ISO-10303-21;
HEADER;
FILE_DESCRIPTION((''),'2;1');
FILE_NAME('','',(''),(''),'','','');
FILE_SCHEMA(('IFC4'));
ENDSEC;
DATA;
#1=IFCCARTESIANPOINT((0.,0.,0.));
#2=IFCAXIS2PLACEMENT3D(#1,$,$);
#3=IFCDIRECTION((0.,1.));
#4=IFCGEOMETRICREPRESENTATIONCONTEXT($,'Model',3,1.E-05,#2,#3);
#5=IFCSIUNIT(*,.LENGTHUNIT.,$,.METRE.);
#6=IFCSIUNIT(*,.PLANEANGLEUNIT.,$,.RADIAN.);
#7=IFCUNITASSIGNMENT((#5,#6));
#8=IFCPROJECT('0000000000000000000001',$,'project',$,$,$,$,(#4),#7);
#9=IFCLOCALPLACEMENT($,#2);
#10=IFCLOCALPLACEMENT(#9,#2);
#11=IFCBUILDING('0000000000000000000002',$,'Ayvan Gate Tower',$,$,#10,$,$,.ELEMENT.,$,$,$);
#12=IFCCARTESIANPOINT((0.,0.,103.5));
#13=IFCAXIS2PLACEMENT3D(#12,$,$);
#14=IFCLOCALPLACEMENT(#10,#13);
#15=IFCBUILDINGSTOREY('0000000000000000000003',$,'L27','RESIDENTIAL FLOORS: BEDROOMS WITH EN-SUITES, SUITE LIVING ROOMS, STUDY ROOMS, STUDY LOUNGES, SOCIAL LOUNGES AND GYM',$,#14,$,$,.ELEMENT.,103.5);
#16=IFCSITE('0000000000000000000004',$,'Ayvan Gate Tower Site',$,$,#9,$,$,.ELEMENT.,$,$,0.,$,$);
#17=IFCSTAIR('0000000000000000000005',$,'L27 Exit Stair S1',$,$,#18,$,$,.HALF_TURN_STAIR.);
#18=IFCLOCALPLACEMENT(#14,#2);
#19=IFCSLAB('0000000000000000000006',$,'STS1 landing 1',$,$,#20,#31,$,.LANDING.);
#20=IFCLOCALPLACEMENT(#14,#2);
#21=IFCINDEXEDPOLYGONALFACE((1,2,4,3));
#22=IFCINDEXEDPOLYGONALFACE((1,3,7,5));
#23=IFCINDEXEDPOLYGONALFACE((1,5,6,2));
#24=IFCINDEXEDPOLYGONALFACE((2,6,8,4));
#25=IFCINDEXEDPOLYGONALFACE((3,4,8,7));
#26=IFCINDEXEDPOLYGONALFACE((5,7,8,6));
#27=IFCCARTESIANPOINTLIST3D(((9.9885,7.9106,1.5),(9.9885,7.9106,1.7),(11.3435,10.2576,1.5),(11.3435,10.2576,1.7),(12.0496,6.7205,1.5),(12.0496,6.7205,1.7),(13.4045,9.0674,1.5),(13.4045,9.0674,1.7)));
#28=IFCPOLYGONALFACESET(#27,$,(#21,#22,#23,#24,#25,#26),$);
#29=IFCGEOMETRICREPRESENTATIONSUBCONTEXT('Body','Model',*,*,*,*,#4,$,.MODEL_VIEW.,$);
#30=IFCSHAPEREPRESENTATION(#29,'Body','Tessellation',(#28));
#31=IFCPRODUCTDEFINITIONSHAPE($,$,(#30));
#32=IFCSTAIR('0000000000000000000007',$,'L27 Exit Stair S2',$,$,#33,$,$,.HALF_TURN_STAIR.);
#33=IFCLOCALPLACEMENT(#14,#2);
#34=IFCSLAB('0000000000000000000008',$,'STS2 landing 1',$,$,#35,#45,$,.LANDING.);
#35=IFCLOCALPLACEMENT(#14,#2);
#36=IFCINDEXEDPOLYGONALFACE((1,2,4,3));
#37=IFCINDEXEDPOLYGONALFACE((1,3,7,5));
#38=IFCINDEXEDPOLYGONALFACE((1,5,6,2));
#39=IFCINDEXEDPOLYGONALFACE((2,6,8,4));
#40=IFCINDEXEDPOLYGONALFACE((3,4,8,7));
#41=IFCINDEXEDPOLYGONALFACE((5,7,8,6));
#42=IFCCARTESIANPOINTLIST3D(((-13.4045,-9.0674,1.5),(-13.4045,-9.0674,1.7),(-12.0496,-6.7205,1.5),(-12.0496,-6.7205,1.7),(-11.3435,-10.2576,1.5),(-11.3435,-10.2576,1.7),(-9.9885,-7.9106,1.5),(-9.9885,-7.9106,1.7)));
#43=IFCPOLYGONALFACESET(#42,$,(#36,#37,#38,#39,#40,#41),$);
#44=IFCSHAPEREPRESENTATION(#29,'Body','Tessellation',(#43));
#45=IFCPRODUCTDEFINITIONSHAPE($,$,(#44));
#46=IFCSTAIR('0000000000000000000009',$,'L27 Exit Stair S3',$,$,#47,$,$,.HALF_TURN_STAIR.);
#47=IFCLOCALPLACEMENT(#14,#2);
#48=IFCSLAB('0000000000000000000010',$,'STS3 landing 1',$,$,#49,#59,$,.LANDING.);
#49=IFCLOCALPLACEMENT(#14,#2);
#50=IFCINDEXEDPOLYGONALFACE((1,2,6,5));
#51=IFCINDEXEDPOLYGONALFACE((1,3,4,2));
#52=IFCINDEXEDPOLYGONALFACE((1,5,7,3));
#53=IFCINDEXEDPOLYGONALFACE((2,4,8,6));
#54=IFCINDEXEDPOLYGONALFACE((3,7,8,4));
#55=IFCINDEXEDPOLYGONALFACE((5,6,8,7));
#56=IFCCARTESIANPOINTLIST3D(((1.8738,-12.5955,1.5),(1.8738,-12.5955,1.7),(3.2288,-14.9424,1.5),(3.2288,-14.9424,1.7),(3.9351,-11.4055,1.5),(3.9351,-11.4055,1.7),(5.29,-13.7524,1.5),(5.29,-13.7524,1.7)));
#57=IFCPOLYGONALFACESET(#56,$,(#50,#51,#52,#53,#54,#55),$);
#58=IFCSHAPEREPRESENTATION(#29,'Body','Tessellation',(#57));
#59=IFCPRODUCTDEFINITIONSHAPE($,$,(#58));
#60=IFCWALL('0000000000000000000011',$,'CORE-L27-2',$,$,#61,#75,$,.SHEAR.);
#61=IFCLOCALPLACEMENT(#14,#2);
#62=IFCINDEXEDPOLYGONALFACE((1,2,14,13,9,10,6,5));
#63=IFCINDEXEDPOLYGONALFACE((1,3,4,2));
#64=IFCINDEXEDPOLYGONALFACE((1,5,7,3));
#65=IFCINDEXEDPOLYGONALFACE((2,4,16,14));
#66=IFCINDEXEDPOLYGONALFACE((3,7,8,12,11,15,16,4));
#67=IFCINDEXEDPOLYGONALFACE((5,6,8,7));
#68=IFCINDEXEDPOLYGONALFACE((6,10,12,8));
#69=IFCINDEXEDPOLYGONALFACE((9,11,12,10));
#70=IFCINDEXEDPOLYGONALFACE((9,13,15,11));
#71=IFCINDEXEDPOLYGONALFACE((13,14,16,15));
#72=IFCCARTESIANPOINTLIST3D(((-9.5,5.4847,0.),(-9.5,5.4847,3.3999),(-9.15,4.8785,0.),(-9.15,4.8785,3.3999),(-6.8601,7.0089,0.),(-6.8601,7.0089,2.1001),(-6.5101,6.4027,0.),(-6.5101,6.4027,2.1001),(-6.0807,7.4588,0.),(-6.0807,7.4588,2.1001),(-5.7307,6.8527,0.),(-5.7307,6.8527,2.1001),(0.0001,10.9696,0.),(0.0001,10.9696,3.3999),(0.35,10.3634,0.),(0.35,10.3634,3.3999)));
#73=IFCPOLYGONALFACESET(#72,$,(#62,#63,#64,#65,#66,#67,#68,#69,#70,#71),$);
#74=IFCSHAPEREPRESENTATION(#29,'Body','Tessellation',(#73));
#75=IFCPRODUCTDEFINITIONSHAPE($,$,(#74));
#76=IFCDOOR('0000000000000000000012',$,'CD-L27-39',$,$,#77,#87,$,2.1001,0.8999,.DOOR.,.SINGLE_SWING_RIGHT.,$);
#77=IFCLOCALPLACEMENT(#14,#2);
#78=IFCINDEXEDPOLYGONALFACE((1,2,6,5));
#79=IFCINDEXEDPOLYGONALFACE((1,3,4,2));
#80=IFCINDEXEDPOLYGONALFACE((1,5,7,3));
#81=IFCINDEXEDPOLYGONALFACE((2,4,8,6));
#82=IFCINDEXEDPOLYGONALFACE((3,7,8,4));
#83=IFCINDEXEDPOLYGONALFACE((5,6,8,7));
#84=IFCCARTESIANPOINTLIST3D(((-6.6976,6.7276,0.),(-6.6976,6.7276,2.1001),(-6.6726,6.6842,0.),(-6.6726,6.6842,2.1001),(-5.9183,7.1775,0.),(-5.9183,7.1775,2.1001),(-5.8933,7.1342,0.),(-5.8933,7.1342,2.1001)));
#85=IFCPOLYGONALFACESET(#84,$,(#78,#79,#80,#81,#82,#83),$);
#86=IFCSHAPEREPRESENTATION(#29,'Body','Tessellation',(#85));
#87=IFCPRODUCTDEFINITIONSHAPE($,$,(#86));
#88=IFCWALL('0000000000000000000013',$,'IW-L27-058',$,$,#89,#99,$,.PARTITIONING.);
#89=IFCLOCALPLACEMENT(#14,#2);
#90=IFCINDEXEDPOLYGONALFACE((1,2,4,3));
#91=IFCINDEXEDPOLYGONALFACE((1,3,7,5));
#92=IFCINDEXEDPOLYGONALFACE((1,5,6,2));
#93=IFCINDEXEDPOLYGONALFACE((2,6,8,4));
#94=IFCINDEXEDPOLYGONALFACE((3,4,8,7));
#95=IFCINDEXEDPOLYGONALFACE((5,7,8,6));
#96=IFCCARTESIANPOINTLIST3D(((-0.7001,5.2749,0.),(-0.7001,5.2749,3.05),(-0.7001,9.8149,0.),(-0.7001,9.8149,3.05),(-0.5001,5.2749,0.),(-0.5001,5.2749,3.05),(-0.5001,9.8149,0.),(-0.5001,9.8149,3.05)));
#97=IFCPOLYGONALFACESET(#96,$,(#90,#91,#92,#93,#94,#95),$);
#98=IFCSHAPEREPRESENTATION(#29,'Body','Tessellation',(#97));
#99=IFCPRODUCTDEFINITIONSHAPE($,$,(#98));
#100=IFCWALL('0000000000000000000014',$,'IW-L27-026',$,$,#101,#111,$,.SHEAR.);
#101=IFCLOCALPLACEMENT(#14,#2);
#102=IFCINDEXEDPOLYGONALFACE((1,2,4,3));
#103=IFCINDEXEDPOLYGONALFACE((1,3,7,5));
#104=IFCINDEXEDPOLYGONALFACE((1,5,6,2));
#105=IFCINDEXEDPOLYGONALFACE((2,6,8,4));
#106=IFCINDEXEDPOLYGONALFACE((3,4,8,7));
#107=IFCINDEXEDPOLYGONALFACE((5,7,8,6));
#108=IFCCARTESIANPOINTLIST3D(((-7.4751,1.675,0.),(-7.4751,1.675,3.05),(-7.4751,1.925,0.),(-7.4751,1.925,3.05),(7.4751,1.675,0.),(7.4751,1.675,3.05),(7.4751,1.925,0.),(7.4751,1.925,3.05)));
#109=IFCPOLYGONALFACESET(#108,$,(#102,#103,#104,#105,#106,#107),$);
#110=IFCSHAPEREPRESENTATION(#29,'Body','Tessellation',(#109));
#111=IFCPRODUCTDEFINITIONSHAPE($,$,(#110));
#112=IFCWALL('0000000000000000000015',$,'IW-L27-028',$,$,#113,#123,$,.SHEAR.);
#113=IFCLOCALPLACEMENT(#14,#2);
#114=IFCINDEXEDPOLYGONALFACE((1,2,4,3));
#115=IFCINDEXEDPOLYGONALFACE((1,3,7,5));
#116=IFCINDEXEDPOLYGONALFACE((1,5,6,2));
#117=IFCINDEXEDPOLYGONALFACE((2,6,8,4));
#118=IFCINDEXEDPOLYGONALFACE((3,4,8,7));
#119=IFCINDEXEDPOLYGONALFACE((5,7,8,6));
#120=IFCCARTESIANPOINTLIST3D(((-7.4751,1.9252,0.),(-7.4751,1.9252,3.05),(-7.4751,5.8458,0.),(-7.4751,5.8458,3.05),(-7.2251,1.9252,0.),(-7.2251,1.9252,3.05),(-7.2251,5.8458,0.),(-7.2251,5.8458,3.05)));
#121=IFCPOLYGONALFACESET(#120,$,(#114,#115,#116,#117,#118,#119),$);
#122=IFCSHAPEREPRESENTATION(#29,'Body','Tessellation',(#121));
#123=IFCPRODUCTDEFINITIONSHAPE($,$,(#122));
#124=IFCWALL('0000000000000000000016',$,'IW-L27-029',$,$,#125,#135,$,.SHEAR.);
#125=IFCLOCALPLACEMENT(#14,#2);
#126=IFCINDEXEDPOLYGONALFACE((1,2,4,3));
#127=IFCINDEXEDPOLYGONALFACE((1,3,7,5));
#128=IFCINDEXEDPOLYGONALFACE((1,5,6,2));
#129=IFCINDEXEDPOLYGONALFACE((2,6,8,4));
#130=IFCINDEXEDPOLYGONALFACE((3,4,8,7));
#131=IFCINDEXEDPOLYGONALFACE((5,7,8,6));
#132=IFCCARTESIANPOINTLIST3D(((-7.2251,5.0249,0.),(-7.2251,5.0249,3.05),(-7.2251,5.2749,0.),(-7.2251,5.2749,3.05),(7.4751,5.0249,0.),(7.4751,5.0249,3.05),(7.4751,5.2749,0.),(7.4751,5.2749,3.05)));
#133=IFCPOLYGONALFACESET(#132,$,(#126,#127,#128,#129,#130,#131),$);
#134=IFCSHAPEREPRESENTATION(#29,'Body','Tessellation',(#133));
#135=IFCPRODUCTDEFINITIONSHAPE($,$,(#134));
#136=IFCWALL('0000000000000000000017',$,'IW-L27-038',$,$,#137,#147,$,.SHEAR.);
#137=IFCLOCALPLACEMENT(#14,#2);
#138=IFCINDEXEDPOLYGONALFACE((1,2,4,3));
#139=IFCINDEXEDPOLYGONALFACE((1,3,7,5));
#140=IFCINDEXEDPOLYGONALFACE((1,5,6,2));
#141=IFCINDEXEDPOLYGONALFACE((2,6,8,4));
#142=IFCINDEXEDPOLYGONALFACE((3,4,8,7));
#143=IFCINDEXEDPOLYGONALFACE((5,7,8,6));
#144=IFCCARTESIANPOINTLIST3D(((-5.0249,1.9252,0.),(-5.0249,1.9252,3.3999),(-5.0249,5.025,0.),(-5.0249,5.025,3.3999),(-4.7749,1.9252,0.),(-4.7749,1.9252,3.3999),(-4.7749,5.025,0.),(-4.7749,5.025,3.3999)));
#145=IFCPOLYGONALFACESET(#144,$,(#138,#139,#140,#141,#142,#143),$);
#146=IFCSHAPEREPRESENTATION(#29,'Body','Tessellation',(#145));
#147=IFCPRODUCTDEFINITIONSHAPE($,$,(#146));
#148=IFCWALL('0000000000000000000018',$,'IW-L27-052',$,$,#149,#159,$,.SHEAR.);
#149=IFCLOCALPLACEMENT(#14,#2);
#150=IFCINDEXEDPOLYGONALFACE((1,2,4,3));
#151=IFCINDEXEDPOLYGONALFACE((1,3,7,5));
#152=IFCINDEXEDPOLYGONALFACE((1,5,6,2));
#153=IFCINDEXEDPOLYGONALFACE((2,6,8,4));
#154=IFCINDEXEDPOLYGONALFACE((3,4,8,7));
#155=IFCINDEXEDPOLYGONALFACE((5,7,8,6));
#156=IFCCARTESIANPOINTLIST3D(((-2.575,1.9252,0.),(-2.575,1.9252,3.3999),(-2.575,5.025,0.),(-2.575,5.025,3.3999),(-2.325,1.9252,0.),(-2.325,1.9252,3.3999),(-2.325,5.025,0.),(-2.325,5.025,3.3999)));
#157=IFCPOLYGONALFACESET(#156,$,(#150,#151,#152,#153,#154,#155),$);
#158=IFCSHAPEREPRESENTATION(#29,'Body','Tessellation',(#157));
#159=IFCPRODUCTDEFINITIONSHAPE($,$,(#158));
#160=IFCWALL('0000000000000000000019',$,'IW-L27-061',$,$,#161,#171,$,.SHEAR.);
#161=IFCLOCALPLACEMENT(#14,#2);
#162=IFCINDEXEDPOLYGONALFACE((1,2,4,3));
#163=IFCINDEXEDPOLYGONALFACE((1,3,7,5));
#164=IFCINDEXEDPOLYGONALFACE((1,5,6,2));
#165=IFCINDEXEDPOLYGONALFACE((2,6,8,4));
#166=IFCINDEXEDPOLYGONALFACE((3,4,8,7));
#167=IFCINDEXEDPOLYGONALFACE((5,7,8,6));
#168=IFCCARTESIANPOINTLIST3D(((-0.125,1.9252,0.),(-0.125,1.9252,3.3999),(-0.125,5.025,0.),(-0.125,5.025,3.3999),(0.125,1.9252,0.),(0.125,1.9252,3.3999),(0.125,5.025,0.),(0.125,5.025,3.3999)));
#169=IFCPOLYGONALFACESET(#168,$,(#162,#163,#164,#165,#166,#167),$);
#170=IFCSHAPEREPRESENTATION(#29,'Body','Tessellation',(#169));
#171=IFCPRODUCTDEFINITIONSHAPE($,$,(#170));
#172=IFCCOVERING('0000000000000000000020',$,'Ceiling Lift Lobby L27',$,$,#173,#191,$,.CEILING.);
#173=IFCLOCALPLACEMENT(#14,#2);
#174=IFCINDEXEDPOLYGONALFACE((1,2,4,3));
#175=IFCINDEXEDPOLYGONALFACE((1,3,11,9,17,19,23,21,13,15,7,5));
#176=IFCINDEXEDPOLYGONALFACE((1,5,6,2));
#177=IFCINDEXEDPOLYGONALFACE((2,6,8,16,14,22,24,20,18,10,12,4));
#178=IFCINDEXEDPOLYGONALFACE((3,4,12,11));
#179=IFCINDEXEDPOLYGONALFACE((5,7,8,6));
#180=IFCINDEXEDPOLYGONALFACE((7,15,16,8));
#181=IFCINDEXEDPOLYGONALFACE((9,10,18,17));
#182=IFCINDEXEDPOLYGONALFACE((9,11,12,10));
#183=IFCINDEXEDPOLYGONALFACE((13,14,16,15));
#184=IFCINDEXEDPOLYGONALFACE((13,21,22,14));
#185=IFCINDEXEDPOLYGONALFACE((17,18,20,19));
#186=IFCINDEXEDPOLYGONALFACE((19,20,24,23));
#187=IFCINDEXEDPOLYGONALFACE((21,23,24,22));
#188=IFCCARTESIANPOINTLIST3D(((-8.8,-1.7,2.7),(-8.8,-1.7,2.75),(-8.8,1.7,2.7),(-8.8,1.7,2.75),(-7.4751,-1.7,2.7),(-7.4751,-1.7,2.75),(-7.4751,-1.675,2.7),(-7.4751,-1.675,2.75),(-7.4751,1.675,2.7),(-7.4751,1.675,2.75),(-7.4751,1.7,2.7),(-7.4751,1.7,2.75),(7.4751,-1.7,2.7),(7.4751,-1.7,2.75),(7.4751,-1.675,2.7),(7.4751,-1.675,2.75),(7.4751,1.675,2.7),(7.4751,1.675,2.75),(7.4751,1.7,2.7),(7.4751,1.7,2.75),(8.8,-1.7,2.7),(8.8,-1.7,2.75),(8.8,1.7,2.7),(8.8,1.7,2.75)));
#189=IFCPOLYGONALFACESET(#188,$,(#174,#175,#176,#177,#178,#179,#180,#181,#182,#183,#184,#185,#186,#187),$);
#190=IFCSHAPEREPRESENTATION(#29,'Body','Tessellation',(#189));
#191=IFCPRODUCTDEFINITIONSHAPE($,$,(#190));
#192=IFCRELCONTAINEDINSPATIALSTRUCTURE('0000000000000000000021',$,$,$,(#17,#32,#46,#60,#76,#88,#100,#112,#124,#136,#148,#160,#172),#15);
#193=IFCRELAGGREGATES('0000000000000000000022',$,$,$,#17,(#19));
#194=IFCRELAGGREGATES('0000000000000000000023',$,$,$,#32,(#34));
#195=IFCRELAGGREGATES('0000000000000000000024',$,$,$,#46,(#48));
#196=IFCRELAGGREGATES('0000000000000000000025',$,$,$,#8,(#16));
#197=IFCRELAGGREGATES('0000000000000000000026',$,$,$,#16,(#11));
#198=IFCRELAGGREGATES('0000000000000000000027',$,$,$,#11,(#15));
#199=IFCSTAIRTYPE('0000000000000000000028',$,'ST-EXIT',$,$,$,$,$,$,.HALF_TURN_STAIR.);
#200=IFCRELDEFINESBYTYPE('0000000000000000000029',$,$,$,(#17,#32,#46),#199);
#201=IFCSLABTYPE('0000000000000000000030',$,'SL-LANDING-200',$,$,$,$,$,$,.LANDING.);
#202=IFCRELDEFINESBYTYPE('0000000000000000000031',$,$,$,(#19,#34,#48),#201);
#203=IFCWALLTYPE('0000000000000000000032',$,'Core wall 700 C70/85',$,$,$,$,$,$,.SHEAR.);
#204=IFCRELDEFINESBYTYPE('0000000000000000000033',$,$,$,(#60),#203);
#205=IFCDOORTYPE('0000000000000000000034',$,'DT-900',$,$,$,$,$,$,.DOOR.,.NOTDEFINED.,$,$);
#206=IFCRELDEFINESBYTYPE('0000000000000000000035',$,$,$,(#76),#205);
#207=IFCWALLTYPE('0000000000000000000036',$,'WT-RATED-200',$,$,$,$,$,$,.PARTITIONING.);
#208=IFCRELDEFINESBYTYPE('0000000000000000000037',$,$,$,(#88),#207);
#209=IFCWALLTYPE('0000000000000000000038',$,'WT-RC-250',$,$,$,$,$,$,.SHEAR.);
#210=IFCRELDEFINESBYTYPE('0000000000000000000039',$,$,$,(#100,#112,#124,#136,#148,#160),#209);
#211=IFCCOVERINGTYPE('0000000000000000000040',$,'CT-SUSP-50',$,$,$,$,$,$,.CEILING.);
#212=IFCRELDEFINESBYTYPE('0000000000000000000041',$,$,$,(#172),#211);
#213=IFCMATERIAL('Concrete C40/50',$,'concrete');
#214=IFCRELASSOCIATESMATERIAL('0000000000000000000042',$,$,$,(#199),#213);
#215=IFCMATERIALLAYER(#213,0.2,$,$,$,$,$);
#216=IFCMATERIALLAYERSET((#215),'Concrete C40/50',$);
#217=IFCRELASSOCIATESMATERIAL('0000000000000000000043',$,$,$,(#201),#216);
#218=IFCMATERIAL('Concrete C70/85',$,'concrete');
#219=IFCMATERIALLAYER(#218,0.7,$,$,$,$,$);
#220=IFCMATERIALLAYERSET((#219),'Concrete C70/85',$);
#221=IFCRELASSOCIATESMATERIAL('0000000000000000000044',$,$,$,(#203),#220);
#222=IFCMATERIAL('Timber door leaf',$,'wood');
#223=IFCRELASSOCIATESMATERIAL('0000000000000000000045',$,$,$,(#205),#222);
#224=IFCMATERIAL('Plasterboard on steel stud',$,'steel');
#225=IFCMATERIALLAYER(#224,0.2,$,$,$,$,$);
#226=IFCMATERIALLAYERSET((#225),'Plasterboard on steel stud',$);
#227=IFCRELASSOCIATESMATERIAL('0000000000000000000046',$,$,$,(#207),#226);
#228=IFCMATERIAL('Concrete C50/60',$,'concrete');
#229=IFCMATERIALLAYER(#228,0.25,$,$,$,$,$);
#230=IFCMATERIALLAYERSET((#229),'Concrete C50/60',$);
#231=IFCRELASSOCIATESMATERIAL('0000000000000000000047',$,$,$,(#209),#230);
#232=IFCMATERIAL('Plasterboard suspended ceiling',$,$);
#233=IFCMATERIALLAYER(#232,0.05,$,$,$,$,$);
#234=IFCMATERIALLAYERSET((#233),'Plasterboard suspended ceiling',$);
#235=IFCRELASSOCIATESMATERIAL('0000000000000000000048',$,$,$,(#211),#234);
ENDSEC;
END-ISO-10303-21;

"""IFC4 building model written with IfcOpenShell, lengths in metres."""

from ifc_helpers import new_model, si_unit, direction, frame, frame_2d, origin, place, context, subcontext, project, spatial, polyline, rectangle, outline, extrude, material, layer, layer_set, type_object, element, fill, aggregate, save


model = new_model("IFC4")

# Units and contexts
model_context = context("Model", 3, precision=1e-05, world=origin(), true_north=direction((0.0, 1.0)))
body_context = subcontext(model_context, "Body", "Model", "MODEL_VIEW")
ifc_project = project(units=[si_unit("LENGTHUNIT", "METRE"), si_unit("PLANEANGLEUNIT", "RADIAN")], contexts=[model_context])

# Site, building, storey
site_placement = place(None, origin())
site = spatial("IfcSite", under=ifc_project, at=site_placement, Name="Ayvan Gate Tower Site", CompositionType="ELEMENT", RefElevation=0.0)
building_placement = place(site_placement, origin())
building = spatial("IfcBuilding", under=site, at=building_placement, Name="Ayvan Gate Tower", CompositionType="ELEMENT")
storey_placement = place(building_placement, frame((0.0, 0.0, 103.5)))
storey = spatial("IfcBuildingStorey", under=building, at=storey_placement, Name="L27", Description="RESIDENTIAL FLOORS: BEDROOMS WITH EN-SUITES, SUITE LIVING ROOMS, STUDY ROOMS, STUDY LOUNGES, SOCIAL LOUNGES AND GYM", CompositionType="ELEMENT", Elevation=103.5)

# Stairs, slabs
ifc_material_1 = material(Name="Concrete C40/50", Category="concrete")
stair_type = type_object("IfcStairType", Name="ST-EXIT", PredefinedType="HALF_TURN_STAIR", material=ifc_material_1)
stair_1_placement = place(storey_placement, origin())
stair_1 = element("IfcStair", 1, at=stair_1_placement, inside=storey, type_object=stair_type, Name="L27 Exit Stair S1", PredefinedType="HALF_TURN_STAIR")
ifc_layer_1 = layer(ifc_material_1, 0.2)
ifc_layer_set_1 = layer_set([ifc_layer_1], Name="Concrete C40/50")
slab_type = type_object("IfcSlabType", Name="SL-LANDING-200", PredefinedType="LANDING", material=ifc_layer_set_1)
slab_1_placement = place(storey_placement, frame((0.0, 0.0, 1.5)))
slab_1 = element("IfcSlab", 2, at=slab_1_placement, type_object=slab_type, Name="STS1 landing 1", PredefinedType="LANDING", context=body_context, shape_type="SweptSolid", body=[
    extrude(outline(polyline([(9.9885, 7.9106), (12.0496, 6.7205), (13.4045, 9.0674), (11.3435, 10.2576), (9.9885, 7.9106)])), origin(), (0.0, 0.0, 1.0), 0.2),
])
aggregate(stair_1, [slab_1])
stair_2_placement = place(storey_placement, origin())
stair_2 = element("IfcStair", 3, at=stair_2_placement, inside=storey, type_object=stair_type, Name="L27 Exit Stair S2", PredefinedType="HALF_TURN_STAIR")
slab_2_placement = place(storey_placement, frame((0.0, 0.0, 1.5)))
slab_2 = element("IfcSlab", 4, at=slab_2_placement, type_object=slab_type, Name="STS2 landing 1", PredefinedType="LANDING", context=body_context, shape_type="SweptSolid", body=[
    extrude(outline(polyline([(-9.9885, -7.9106), (-12.0496, -6.7205), (-13.4045, -9.0674), (-11.3435, -10.2576), (-9.9885, -7.9106)])), origin(), (0.0, 0.0, 1.0), 0.2),
])
aggregate(stair_2, [slab_2])
stair_3_placement = place(storey_placement, origin())
stair_3 = element("IfcStair", 5, at=stair_3_placement, inside=storey, type_object=stair_type, Name="L27 Exit Stair S3", PredefinedType="HALF_TURN_STAIR")
slab_3_placement = place(storey_placement, frame((0.0, 0.0, 1.5)))
slab_3 = element("IfcSlab", 6, at=slab_3_placement, type_object=slab_type, Name="STS3 landing 1", PredefinedType="LANDING", context=body_context, shape_type="SweptSolid", body=[
    extrude(outline(polyline([(3.9351, -11.4055), (1.8738, -12.5955), (3.2288, -14.9424), (5.29, -13.7524), (3.9351, -11.4055)])), origin(), (0.0, 0.0, 1.0), 0.2),
])
aggregate(stair_3, [slab_3])

# Wall, opening, door
ifc_material_2 = material(Name="Concrete C70/85", Category="concrete")
ifc_layer_2 = layer(ifc_material_2, 0.7)
ifc_layer_set_2 = layer_set([ifc_layer_2], Name="Concrete C70/85")
wall_type_1 = type_object("IfcWallType", Name="Core wall 700 C70/85", PredefinedType="SHEAR", material=ifc_layer_set_2)
wall_1_placement = place(storey_placement, frame((0.175, 10.6665, 0.0), z_axis=(0.0, 0.0, 1.0), x_axis=(-0.866024, -0.500002, 0.0)))
wall_1 = element("IfcWall", 7, at=wall_1_placement, inside=storey, type_object=wall_type_1, Name="CORE-L27-2", PredefinedType="SHEAR", context=body_context, shape_type="SweptSolid", body=[
    extrude(rectangle(XDim=10.9697, YDim=0.7, at=frame_2d((5.4849, 0.0))), origin(), (0.0, 0.0, 1.0), 3.3999),
])
opening_placement = place(wall_1_placement, frame((7.0215, 0.0, 0.0)))
opening = element("IfcOpeningElement", 8, at=opening_placement, cuts=wall_1, PredefinedType="OPENING", context=body_context, shape_type="SweptSolid", body=[
    extrude(rectangle(XDim=0.8999, YDim=2.1001, at=frame_2d((0.45, 1.05))), frame((0.0, 0.3599, 0.0), z_axis=(0.0, -1.0, 0.0), x_axis=(1.0, 0.0, 0.0)), (0.0, 0.0, 1.0), 0.72),
])
ifc_material_3 = material(Name="Timber door leaf", Category="wood")
door_type = type_object("IfcDoorType", Name="DT-900", OperationType="NOTDEFINED", PredefinedType="DOOR", material=ifc_material_3)
door_placement = place(opening_placement, origin())
door = element("IfcDoor", 9, at=door_placement, inside=storey, type_object=door_type, Name="CD-L27-39", OperationType="SINGLE_SWING_RIGHT", OverallHeight=2.1001, OverallWidth=0.8999, PredefinedType="DOOR", context=body_context, shape_type="SweptSolid", body=[
    extrude(rectangle(XDim=0.8999, YDim=2.1001, at=frame_2d((0.45, 1.05))), frame((0.0, 0.0249, 0.0), z_axis=(0.0, -1.0, 0.0), x_axis=(1.0, 0.0, 0.0)), (0.0, 0.0, 1.0), 0.05),
])
fill(opening, door)

# Walls
ifc_material_4 = material(Name="Plasterboard on steel stud", Category="steel")
ifc_layer_3 = layer(ifc_material_4, 0.2)
ifc_layer_set_3 = layer_set([ifc_layer_3], Name="Plasterboard on steel stud")
wall_type_2 = type_object("IfcWallType", Name="WT-RATED-200", PredefinedType="PARTITIONING", material=ifc_layer_set_3)
wall_2_placement = place(storey_placement, frame((-0.6001, 9.8149, 0.0), z_axis=(0.0, 0.0, 1.0), x_axis=(0.0, -1.0, 0.0)))
element("IfcWall", 10, at=wall_2_placement, inside=storey, type_object=wall_type_2, Name="IW-L27-058", PredefinedType="PARTITIONING", context=body_context, shape_type="SweptSolid", body=[
    extrude(rectangle(XDim=4.54, YDim=0.2, at=frame_2d((2.27, 0.0))), origin(), (0.0, 0.0, 1.0), 3.05),
])
ifc_material_5 = material(Name="Concrete C50/60", Category="concrete")
ifc_layer_4 = layer(ifc_material_5, 0.25)
ifc_layer_set_4 = layer_set([ifc_layer_4], Name="Concrete C50/60")
wall_type_3 = type_object("IfcWallType", Name="WT-RC-250", PredefinedType="SHEAR", material=ifc_layer_set_4)
wall_3_placement = place(storey_placement, frame((-7.4751, 1.8, 0.0), z_axis=(0.0, 0.0, 1.0), x_axis=(1.0, 0.0, 0.0)))
element("IfcWall", 11, at=wall_3_placement, inside=storey, type_object=wall_type_3, Name="IW-L27-026", PredefinedType="SHEAR", context=body_context, shape_type="SweptSolid", body=[
    extrude(rectangle(XDim=14.9502, YDim=0.25, at=frame_2d((7.4751, 0.0))), origin(), (0.0, 0.0, 1.0), 3.05),
])
wall_4_placement = place(storey_placement, frame((-7.3501, 1.925, 0.0), z_axis=(0.0, 0.0, 1.0), x_axis=(0.0, 1.0, 0.0)))
element("IfcWall", 12, at=wall_4_placement, inside=storey, type_object=wall_type_3, Name="IW-L27-028", PredefinedType="SHEAR", context=body_context, shape_type="SweptSolid", body=[
    extrude(rectangle(XDim=3.9207, YDim=0.25, at=frame_2d((1.9604, 0.0))), origin(), (0.0, 0.0, 1.0), 3.05),
])
wall_5_placement = place(storey_placement, frame((-7.2251, 5.1499, 0.0), z_axis=(0.0, 0.0, 1.0), x_axis=(1.0, 0.0, 0.0)))
element("IfcWall", 13, at=wall_5_placement, inside=storey, type_object=wall_type_3, Name="IW-L27-029", PredefinedType="SHEAR", context=body_context, shape_type="SweptSolid", body=[
    extrude(rectangle(XDim=14.7002, YDim=0.25, at=frame_2d((7.3501, 0.0))), origin(), (0.0, 0.0, 1.0), 3.05),
])
for number, where, z_axis, x_axis, name in (
    (14, (-4.8999, 5.0249, 0.0), (0.0, 0.0, 1.0), (0.0, -1.0, 0.0), "IW-L27-038"),
    (15, (-2.45, 5.0249, 0.0), (0.0, 0.0, 1.0), (0.0, -1.0, 0.0), "IW-L27-052"),
    (16, (0.0, 5.0249, 0.0), (0.0, 0.0, 1.0), (0.0, -1.0, 0.0), "IW-L27-061"),
):
    element("IfcWall", number, at=place(storey_placement, frame(where, z_axis=z_axis, x_axis=x_axis)), inside=storey, type_object=wall_type_3, Name=name, PredefinedType="SHEAR", context=body_context, shape_type="SweptSolid", body=[
        extrude(rectangle(XDim=3.0999, YDim=0.25, at=frame_2d((1.5498, 0.0))), origin(), (0.0, 0.0, 1.0), 3.3999),
    ])

# Covering
ifc_material_6 = material(Name="Plasterboard suspended ceiling")
ifc_layer_5 = layer(ifc_material_6, 0.05)
ifc_layer_set_5 = layer_set([ifc_layer_5], Name="Plasterboard suspended ceiling")
covering_type = type_object("IfcCoveringType", Name="CT-SUSP-50", PredefinedType="CEILING", material=ifc_layer_set_5)
covering_1_placement = place(storey_placement, frame((0.0, 0.0, 2.7)))
element("IfcCovering", 17, at=covering_1_placement, inside=storey, type_object=covering_type, Name="Ceiling Lift Lobby L27", PredefinedType="CEILING", context=body_context, shape_type="SweptSolid", body=[
    extrude(outline(polyline([(7.4751, -1.675), (-7.4751, -1.675), (-7.4751, -1.7), (-8.8, -1.7), (-8.8, 1.7), (-7.4751, 1.7), (-7.4751, 1.675), (7.4751, 1.675), (7.4751, 1.7), (8.8, 1.7), (8.8, -1.7), (7.4751, -1.7), (7.4751, -1.675)])), origin(), (0.0, 0.0, 1.0), 0.05),
])

save(model, "model.ifc")
